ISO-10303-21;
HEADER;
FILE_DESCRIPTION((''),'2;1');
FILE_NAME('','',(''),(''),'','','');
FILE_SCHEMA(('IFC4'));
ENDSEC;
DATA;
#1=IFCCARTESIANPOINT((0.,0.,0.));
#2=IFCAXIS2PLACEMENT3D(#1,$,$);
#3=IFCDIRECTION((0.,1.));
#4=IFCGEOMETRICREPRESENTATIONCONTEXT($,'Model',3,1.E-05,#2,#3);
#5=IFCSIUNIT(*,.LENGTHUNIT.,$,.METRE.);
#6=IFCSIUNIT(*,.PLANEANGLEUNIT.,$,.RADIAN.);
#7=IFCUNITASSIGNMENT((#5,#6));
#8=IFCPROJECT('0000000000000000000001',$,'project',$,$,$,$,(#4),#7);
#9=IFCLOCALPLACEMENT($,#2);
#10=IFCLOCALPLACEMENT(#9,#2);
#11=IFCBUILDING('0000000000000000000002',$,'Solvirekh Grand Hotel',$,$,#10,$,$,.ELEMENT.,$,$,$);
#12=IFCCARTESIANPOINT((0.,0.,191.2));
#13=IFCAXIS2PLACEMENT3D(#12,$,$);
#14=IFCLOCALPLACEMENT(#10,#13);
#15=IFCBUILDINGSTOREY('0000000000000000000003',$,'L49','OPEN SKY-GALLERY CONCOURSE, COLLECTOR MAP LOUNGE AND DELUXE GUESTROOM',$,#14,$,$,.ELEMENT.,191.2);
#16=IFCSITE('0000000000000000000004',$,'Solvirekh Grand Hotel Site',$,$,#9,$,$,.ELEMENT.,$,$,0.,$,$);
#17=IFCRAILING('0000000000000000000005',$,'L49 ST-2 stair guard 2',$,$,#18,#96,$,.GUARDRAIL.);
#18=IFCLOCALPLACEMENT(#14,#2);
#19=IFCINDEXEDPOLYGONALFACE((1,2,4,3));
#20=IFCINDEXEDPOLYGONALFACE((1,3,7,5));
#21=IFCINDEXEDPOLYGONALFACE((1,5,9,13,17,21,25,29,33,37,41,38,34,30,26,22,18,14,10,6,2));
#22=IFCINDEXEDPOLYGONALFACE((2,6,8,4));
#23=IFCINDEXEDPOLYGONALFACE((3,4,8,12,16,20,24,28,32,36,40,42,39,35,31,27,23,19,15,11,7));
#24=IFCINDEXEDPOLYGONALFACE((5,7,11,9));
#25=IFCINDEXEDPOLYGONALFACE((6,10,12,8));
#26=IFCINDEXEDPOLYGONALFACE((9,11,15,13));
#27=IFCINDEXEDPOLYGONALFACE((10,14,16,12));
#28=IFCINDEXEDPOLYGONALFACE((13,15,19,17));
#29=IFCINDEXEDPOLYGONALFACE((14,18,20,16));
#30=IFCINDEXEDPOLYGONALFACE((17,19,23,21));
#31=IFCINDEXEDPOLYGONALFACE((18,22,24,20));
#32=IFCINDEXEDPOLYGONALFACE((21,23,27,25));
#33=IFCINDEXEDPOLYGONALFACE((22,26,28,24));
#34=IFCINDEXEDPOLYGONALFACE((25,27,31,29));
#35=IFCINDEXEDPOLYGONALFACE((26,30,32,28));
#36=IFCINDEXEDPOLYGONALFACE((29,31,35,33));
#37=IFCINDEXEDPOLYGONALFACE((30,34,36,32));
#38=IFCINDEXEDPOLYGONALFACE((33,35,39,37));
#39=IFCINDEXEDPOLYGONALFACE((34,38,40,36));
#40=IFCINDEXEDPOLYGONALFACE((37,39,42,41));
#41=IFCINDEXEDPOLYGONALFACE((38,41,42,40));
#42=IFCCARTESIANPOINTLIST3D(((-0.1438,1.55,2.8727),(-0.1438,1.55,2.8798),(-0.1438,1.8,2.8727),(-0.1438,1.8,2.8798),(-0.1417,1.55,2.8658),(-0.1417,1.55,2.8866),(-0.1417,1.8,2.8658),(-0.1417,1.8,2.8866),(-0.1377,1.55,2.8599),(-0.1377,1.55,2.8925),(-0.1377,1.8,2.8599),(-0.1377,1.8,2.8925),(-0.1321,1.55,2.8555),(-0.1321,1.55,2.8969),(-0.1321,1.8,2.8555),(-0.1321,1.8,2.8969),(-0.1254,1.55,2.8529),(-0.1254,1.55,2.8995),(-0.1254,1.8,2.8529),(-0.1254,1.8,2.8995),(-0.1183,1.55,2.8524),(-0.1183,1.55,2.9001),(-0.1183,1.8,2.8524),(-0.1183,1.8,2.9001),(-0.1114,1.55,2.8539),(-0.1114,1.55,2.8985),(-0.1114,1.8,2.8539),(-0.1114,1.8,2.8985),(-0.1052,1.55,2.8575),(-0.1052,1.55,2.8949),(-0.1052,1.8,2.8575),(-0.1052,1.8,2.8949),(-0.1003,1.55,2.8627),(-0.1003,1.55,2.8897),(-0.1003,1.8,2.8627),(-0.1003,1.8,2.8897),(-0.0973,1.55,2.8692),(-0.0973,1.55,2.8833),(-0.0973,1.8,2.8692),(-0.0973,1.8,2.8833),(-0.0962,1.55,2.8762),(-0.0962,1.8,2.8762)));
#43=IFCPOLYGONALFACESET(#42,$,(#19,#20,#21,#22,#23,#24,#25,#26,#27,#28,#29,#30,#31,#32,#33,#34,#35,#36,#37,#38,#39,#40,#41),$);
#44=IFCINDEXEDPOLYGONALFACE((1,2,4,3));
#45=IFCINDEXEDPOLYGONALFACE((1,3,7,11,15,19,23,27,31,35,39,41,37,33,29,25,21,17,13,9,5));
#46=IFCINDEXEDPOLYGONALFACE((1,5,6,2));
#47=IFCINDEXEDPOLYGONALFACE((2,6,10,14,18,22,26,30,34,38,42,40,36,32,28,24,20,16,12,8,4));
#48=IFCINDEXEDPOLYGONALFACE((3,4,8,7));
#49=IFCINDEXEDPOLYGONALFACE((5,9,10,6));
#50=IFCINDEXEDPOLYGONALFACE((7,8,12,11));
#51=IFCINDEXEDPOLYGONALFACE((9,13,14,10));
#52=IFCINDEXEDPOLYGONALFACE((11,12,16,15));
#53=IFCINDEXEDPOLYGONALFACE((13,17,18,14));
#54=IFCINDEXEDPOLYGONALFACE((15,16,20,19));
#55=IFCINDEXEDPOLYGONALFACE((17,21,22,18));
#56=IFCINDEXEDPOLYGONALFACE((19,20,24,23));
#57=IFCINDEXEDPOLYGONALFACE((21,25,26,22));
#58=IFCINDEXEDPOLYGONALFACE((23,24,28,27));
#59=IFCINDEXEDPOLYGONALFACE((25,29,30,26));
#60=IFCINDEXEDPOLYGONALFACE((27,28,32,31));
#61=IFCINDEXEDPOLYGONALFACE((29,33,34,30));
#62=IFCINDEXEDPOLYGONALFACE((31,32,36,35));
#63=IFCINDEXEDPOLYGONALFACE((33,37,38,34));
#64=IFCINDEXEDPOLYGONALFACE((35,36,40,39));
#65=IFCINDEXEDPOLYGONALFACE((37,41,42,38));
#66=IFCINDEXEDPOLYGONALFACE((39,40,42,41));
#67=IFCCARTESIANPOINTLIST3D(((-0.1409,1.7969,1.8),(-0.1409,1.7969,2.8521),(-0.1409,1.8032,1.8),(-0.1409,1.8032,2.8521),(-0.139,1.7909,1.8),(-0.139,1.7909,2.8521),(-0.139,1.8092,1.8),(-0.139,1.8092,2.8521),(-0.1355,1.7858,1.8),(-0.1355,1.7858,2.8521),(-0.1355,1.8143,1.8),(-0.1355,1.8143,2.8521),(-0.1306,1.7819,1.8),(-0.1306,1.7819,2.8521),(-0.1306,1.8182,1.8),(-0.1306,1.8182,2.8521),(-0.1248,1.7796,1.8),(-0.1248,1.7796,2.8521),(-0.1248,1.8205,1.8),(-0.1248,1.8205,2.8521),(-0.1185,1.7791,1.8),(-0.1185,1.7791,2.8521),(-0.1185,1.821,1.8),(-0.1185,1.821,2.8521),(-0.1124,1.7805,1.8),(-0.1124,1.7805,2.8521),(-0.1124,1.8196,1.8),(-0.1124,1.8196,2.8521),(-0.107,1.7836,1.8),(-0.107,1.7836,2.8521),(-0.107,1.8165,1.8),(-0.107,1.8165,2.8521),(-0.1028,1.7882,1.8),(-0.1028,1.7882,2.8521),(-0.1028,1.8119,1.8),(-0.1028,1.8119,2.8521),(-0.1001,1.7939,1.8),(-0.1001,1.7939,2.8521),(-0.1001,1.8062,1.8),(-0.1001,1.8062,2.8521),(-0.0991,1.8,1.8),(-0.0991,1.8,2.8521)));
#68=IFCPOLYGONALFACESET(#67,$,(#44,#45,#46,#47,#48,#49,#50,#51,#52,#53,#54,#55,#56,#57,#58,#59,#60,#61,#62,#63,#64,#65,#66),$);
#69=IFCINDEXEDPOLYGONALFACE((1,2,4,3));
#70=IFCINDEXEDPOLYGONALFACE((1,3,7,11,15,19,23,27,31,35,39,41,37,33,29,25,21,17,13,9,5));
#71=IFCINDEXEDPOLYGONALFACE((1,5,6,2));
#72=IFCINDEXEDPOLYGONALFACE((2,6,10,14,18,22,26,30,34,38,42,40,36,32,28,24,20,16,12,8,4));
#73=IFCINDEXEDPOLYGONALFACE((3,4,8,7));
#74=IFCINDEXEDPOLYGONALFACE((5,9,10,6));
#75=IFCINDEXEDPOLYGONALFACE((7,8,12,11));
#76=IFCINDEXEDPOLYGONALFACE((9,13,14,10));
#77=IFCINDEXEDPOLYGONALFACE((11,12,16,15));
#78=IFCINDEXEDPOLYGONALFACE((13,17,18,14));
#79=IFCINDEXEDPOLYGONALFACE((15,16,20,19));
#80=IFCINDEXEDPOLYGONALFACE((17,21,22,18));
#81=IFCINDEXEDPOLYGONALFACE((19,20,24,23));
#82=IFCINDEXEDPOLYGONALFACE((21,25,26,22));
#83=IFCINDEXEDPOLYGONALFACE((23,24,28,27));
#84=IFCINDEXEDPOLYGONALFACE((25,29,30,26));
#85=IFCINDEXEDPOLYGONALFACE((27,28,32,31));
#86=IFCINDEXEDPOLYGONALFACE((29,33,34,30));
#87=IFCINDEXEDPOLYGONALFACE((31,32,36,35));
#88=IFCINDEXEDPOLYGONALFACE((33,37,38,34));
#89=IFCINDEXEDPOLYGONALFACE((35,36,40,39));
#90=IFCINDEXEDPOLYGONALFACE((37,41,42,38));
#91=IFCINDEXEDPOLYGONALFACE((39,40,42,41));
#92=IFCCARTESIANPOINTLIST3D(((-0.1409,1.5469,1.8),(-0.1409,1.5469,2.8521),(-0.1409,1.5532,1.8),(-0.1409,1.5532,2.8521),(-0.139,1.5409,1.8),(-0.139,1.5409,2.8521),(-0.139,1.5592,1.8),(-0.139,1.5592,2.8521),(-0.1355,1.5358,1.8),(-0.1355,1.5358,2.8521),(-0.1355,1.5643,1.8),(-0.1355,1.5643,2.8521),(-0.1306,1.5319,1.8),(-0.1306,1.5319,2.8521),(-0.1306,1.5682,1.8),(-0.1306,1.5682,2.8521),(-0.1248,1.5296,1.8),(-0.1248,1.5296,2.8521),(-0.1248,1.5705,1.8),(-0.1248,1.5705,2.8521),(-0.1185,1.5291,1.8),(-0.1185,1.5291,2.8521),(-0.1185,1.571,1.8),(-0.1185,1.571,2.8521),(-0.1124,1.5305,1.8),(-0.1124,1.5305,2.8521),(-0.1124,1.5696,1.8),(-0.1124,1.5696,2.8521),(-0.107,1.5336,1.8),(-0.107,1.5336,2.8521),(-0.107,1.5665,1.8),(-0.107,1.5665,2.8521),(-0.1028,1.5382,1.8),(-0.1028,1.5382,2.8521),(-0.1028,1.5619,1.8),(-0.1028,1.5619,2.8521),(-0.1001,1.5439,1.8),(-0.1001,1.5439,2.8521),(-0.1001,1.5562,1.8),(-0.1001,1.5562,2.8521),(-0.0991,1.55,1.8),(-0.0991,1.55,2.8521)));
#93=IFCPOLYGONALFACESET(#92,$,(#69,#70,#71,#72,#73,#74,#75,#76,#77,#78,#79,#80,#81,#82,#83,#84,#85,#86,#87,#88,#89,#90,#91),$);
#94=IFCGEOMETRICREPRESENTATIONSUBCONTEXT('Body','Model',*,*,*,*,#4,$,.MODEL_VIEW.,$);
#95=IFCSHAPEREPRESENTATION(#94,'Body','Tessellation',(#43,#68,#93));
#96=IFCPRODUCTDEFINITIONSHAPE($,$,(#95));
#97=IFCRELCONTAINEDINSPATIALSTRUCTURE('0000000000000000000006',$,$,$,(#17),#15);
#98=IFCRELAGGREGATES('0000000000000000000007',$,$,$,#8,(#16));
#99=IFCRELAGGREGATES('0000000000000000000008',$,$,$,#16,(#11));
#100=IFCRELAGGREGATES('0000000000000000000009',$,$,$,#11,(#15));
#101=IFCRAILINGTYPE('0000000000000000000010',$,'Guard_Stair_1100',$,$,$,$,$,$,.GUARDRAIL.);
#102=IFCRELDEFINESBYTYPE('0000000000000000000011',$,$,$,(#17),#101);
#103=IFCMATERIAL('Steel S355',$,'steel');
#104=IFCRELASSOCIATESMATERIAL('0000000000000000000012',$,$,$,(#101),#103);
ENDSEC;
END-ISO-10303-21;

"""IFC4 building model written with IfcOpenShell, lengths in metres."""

from ifc_helpers import new_model, si_unit, direction, frame, origin, origin_2d, place, context, subcontext, project, spatial, circle, extrude, material, type_object, element, save


model = new_model("IFC4")

# Units and contexts
model_context = context("Model", 3, precision=1e-05, world=origin(), true_north=direction((0.0, 1.0)))
body_context = subcontext(model_context, "Body", "Model", "MODEL_VIEW")
ifc_project = project(units=[si_unit("LENGTHUNIT", "METRE"), si_unit("PLANEANGLEUNIT", "RADIAN")], contexts=[model_context])

# Site, building, storey
site_placement = place(None, origin())
site = spatial("IfcSite", under=ifc_project, at=site_placement, Name="Solvirekh Grand Hotel Site", CompositionType="ELEMENT", RefElevation=0.0)
building_placement = place(site_placement, origin())
building = spatial("IfcBuilding", under=site, at=building_placement, Name="Solvirekh Grand Hotel", CompositionType="ELEMENT")
storey_placement = place(building_placement, frame((0.0, 0.0, 191.2)))
storey = spatial("IfcBuildingStorey", under=building, at=storey_placement, Name="L49", Description="OPEN SKY-GALLERY CONCOURSE, COLLECTOR MAP LOUNGE AND DELUXE GUESTROOM", CompositionType="ELEMENT", Elevation=191.2)

# Shared definitions
ifc_material_1 = material(Name="Steel S355", Category="steel")

# Railing
railing_type_1 = type_object("IfcRailingType", Name="Guard_Stair_1100", PredefinedType="GUARDRAIL", material=ifc_material_1)
railing_1_placement = place(storey_placement, frame((-0.1201, 1.8, 1.8)))
element("IfcRailing", 1, at=railing_1_placement, inside=storey, type_object=railing_type_1, Name="L49 ST-2 stair guard 2", PredefinedType="GUARDRAIL", context=body_context, shape_type="SweptSolid", body=[
    extrude(circle(Radius=0.0239, at=origin_2d()), frame((0.0, 0.0, 1.0762), z_axis=(0.0, -1.0, 0.0), x_axis=(1.0, 0.0, 0.0)), (0.0, 0.0, 1.0), 0.25),
    extrude(circle(Radius=0.021, at=origin_2d()), origin(), (0.0, 0.0, 1.0), 1.052),
    extrude(circle(Radius=0.021, at=origin_2d()), frame((0.0, -0.25, 0.0)), (0.0, 0.0, 1.0), 1.052),
])

save(model, "model.ifc")
